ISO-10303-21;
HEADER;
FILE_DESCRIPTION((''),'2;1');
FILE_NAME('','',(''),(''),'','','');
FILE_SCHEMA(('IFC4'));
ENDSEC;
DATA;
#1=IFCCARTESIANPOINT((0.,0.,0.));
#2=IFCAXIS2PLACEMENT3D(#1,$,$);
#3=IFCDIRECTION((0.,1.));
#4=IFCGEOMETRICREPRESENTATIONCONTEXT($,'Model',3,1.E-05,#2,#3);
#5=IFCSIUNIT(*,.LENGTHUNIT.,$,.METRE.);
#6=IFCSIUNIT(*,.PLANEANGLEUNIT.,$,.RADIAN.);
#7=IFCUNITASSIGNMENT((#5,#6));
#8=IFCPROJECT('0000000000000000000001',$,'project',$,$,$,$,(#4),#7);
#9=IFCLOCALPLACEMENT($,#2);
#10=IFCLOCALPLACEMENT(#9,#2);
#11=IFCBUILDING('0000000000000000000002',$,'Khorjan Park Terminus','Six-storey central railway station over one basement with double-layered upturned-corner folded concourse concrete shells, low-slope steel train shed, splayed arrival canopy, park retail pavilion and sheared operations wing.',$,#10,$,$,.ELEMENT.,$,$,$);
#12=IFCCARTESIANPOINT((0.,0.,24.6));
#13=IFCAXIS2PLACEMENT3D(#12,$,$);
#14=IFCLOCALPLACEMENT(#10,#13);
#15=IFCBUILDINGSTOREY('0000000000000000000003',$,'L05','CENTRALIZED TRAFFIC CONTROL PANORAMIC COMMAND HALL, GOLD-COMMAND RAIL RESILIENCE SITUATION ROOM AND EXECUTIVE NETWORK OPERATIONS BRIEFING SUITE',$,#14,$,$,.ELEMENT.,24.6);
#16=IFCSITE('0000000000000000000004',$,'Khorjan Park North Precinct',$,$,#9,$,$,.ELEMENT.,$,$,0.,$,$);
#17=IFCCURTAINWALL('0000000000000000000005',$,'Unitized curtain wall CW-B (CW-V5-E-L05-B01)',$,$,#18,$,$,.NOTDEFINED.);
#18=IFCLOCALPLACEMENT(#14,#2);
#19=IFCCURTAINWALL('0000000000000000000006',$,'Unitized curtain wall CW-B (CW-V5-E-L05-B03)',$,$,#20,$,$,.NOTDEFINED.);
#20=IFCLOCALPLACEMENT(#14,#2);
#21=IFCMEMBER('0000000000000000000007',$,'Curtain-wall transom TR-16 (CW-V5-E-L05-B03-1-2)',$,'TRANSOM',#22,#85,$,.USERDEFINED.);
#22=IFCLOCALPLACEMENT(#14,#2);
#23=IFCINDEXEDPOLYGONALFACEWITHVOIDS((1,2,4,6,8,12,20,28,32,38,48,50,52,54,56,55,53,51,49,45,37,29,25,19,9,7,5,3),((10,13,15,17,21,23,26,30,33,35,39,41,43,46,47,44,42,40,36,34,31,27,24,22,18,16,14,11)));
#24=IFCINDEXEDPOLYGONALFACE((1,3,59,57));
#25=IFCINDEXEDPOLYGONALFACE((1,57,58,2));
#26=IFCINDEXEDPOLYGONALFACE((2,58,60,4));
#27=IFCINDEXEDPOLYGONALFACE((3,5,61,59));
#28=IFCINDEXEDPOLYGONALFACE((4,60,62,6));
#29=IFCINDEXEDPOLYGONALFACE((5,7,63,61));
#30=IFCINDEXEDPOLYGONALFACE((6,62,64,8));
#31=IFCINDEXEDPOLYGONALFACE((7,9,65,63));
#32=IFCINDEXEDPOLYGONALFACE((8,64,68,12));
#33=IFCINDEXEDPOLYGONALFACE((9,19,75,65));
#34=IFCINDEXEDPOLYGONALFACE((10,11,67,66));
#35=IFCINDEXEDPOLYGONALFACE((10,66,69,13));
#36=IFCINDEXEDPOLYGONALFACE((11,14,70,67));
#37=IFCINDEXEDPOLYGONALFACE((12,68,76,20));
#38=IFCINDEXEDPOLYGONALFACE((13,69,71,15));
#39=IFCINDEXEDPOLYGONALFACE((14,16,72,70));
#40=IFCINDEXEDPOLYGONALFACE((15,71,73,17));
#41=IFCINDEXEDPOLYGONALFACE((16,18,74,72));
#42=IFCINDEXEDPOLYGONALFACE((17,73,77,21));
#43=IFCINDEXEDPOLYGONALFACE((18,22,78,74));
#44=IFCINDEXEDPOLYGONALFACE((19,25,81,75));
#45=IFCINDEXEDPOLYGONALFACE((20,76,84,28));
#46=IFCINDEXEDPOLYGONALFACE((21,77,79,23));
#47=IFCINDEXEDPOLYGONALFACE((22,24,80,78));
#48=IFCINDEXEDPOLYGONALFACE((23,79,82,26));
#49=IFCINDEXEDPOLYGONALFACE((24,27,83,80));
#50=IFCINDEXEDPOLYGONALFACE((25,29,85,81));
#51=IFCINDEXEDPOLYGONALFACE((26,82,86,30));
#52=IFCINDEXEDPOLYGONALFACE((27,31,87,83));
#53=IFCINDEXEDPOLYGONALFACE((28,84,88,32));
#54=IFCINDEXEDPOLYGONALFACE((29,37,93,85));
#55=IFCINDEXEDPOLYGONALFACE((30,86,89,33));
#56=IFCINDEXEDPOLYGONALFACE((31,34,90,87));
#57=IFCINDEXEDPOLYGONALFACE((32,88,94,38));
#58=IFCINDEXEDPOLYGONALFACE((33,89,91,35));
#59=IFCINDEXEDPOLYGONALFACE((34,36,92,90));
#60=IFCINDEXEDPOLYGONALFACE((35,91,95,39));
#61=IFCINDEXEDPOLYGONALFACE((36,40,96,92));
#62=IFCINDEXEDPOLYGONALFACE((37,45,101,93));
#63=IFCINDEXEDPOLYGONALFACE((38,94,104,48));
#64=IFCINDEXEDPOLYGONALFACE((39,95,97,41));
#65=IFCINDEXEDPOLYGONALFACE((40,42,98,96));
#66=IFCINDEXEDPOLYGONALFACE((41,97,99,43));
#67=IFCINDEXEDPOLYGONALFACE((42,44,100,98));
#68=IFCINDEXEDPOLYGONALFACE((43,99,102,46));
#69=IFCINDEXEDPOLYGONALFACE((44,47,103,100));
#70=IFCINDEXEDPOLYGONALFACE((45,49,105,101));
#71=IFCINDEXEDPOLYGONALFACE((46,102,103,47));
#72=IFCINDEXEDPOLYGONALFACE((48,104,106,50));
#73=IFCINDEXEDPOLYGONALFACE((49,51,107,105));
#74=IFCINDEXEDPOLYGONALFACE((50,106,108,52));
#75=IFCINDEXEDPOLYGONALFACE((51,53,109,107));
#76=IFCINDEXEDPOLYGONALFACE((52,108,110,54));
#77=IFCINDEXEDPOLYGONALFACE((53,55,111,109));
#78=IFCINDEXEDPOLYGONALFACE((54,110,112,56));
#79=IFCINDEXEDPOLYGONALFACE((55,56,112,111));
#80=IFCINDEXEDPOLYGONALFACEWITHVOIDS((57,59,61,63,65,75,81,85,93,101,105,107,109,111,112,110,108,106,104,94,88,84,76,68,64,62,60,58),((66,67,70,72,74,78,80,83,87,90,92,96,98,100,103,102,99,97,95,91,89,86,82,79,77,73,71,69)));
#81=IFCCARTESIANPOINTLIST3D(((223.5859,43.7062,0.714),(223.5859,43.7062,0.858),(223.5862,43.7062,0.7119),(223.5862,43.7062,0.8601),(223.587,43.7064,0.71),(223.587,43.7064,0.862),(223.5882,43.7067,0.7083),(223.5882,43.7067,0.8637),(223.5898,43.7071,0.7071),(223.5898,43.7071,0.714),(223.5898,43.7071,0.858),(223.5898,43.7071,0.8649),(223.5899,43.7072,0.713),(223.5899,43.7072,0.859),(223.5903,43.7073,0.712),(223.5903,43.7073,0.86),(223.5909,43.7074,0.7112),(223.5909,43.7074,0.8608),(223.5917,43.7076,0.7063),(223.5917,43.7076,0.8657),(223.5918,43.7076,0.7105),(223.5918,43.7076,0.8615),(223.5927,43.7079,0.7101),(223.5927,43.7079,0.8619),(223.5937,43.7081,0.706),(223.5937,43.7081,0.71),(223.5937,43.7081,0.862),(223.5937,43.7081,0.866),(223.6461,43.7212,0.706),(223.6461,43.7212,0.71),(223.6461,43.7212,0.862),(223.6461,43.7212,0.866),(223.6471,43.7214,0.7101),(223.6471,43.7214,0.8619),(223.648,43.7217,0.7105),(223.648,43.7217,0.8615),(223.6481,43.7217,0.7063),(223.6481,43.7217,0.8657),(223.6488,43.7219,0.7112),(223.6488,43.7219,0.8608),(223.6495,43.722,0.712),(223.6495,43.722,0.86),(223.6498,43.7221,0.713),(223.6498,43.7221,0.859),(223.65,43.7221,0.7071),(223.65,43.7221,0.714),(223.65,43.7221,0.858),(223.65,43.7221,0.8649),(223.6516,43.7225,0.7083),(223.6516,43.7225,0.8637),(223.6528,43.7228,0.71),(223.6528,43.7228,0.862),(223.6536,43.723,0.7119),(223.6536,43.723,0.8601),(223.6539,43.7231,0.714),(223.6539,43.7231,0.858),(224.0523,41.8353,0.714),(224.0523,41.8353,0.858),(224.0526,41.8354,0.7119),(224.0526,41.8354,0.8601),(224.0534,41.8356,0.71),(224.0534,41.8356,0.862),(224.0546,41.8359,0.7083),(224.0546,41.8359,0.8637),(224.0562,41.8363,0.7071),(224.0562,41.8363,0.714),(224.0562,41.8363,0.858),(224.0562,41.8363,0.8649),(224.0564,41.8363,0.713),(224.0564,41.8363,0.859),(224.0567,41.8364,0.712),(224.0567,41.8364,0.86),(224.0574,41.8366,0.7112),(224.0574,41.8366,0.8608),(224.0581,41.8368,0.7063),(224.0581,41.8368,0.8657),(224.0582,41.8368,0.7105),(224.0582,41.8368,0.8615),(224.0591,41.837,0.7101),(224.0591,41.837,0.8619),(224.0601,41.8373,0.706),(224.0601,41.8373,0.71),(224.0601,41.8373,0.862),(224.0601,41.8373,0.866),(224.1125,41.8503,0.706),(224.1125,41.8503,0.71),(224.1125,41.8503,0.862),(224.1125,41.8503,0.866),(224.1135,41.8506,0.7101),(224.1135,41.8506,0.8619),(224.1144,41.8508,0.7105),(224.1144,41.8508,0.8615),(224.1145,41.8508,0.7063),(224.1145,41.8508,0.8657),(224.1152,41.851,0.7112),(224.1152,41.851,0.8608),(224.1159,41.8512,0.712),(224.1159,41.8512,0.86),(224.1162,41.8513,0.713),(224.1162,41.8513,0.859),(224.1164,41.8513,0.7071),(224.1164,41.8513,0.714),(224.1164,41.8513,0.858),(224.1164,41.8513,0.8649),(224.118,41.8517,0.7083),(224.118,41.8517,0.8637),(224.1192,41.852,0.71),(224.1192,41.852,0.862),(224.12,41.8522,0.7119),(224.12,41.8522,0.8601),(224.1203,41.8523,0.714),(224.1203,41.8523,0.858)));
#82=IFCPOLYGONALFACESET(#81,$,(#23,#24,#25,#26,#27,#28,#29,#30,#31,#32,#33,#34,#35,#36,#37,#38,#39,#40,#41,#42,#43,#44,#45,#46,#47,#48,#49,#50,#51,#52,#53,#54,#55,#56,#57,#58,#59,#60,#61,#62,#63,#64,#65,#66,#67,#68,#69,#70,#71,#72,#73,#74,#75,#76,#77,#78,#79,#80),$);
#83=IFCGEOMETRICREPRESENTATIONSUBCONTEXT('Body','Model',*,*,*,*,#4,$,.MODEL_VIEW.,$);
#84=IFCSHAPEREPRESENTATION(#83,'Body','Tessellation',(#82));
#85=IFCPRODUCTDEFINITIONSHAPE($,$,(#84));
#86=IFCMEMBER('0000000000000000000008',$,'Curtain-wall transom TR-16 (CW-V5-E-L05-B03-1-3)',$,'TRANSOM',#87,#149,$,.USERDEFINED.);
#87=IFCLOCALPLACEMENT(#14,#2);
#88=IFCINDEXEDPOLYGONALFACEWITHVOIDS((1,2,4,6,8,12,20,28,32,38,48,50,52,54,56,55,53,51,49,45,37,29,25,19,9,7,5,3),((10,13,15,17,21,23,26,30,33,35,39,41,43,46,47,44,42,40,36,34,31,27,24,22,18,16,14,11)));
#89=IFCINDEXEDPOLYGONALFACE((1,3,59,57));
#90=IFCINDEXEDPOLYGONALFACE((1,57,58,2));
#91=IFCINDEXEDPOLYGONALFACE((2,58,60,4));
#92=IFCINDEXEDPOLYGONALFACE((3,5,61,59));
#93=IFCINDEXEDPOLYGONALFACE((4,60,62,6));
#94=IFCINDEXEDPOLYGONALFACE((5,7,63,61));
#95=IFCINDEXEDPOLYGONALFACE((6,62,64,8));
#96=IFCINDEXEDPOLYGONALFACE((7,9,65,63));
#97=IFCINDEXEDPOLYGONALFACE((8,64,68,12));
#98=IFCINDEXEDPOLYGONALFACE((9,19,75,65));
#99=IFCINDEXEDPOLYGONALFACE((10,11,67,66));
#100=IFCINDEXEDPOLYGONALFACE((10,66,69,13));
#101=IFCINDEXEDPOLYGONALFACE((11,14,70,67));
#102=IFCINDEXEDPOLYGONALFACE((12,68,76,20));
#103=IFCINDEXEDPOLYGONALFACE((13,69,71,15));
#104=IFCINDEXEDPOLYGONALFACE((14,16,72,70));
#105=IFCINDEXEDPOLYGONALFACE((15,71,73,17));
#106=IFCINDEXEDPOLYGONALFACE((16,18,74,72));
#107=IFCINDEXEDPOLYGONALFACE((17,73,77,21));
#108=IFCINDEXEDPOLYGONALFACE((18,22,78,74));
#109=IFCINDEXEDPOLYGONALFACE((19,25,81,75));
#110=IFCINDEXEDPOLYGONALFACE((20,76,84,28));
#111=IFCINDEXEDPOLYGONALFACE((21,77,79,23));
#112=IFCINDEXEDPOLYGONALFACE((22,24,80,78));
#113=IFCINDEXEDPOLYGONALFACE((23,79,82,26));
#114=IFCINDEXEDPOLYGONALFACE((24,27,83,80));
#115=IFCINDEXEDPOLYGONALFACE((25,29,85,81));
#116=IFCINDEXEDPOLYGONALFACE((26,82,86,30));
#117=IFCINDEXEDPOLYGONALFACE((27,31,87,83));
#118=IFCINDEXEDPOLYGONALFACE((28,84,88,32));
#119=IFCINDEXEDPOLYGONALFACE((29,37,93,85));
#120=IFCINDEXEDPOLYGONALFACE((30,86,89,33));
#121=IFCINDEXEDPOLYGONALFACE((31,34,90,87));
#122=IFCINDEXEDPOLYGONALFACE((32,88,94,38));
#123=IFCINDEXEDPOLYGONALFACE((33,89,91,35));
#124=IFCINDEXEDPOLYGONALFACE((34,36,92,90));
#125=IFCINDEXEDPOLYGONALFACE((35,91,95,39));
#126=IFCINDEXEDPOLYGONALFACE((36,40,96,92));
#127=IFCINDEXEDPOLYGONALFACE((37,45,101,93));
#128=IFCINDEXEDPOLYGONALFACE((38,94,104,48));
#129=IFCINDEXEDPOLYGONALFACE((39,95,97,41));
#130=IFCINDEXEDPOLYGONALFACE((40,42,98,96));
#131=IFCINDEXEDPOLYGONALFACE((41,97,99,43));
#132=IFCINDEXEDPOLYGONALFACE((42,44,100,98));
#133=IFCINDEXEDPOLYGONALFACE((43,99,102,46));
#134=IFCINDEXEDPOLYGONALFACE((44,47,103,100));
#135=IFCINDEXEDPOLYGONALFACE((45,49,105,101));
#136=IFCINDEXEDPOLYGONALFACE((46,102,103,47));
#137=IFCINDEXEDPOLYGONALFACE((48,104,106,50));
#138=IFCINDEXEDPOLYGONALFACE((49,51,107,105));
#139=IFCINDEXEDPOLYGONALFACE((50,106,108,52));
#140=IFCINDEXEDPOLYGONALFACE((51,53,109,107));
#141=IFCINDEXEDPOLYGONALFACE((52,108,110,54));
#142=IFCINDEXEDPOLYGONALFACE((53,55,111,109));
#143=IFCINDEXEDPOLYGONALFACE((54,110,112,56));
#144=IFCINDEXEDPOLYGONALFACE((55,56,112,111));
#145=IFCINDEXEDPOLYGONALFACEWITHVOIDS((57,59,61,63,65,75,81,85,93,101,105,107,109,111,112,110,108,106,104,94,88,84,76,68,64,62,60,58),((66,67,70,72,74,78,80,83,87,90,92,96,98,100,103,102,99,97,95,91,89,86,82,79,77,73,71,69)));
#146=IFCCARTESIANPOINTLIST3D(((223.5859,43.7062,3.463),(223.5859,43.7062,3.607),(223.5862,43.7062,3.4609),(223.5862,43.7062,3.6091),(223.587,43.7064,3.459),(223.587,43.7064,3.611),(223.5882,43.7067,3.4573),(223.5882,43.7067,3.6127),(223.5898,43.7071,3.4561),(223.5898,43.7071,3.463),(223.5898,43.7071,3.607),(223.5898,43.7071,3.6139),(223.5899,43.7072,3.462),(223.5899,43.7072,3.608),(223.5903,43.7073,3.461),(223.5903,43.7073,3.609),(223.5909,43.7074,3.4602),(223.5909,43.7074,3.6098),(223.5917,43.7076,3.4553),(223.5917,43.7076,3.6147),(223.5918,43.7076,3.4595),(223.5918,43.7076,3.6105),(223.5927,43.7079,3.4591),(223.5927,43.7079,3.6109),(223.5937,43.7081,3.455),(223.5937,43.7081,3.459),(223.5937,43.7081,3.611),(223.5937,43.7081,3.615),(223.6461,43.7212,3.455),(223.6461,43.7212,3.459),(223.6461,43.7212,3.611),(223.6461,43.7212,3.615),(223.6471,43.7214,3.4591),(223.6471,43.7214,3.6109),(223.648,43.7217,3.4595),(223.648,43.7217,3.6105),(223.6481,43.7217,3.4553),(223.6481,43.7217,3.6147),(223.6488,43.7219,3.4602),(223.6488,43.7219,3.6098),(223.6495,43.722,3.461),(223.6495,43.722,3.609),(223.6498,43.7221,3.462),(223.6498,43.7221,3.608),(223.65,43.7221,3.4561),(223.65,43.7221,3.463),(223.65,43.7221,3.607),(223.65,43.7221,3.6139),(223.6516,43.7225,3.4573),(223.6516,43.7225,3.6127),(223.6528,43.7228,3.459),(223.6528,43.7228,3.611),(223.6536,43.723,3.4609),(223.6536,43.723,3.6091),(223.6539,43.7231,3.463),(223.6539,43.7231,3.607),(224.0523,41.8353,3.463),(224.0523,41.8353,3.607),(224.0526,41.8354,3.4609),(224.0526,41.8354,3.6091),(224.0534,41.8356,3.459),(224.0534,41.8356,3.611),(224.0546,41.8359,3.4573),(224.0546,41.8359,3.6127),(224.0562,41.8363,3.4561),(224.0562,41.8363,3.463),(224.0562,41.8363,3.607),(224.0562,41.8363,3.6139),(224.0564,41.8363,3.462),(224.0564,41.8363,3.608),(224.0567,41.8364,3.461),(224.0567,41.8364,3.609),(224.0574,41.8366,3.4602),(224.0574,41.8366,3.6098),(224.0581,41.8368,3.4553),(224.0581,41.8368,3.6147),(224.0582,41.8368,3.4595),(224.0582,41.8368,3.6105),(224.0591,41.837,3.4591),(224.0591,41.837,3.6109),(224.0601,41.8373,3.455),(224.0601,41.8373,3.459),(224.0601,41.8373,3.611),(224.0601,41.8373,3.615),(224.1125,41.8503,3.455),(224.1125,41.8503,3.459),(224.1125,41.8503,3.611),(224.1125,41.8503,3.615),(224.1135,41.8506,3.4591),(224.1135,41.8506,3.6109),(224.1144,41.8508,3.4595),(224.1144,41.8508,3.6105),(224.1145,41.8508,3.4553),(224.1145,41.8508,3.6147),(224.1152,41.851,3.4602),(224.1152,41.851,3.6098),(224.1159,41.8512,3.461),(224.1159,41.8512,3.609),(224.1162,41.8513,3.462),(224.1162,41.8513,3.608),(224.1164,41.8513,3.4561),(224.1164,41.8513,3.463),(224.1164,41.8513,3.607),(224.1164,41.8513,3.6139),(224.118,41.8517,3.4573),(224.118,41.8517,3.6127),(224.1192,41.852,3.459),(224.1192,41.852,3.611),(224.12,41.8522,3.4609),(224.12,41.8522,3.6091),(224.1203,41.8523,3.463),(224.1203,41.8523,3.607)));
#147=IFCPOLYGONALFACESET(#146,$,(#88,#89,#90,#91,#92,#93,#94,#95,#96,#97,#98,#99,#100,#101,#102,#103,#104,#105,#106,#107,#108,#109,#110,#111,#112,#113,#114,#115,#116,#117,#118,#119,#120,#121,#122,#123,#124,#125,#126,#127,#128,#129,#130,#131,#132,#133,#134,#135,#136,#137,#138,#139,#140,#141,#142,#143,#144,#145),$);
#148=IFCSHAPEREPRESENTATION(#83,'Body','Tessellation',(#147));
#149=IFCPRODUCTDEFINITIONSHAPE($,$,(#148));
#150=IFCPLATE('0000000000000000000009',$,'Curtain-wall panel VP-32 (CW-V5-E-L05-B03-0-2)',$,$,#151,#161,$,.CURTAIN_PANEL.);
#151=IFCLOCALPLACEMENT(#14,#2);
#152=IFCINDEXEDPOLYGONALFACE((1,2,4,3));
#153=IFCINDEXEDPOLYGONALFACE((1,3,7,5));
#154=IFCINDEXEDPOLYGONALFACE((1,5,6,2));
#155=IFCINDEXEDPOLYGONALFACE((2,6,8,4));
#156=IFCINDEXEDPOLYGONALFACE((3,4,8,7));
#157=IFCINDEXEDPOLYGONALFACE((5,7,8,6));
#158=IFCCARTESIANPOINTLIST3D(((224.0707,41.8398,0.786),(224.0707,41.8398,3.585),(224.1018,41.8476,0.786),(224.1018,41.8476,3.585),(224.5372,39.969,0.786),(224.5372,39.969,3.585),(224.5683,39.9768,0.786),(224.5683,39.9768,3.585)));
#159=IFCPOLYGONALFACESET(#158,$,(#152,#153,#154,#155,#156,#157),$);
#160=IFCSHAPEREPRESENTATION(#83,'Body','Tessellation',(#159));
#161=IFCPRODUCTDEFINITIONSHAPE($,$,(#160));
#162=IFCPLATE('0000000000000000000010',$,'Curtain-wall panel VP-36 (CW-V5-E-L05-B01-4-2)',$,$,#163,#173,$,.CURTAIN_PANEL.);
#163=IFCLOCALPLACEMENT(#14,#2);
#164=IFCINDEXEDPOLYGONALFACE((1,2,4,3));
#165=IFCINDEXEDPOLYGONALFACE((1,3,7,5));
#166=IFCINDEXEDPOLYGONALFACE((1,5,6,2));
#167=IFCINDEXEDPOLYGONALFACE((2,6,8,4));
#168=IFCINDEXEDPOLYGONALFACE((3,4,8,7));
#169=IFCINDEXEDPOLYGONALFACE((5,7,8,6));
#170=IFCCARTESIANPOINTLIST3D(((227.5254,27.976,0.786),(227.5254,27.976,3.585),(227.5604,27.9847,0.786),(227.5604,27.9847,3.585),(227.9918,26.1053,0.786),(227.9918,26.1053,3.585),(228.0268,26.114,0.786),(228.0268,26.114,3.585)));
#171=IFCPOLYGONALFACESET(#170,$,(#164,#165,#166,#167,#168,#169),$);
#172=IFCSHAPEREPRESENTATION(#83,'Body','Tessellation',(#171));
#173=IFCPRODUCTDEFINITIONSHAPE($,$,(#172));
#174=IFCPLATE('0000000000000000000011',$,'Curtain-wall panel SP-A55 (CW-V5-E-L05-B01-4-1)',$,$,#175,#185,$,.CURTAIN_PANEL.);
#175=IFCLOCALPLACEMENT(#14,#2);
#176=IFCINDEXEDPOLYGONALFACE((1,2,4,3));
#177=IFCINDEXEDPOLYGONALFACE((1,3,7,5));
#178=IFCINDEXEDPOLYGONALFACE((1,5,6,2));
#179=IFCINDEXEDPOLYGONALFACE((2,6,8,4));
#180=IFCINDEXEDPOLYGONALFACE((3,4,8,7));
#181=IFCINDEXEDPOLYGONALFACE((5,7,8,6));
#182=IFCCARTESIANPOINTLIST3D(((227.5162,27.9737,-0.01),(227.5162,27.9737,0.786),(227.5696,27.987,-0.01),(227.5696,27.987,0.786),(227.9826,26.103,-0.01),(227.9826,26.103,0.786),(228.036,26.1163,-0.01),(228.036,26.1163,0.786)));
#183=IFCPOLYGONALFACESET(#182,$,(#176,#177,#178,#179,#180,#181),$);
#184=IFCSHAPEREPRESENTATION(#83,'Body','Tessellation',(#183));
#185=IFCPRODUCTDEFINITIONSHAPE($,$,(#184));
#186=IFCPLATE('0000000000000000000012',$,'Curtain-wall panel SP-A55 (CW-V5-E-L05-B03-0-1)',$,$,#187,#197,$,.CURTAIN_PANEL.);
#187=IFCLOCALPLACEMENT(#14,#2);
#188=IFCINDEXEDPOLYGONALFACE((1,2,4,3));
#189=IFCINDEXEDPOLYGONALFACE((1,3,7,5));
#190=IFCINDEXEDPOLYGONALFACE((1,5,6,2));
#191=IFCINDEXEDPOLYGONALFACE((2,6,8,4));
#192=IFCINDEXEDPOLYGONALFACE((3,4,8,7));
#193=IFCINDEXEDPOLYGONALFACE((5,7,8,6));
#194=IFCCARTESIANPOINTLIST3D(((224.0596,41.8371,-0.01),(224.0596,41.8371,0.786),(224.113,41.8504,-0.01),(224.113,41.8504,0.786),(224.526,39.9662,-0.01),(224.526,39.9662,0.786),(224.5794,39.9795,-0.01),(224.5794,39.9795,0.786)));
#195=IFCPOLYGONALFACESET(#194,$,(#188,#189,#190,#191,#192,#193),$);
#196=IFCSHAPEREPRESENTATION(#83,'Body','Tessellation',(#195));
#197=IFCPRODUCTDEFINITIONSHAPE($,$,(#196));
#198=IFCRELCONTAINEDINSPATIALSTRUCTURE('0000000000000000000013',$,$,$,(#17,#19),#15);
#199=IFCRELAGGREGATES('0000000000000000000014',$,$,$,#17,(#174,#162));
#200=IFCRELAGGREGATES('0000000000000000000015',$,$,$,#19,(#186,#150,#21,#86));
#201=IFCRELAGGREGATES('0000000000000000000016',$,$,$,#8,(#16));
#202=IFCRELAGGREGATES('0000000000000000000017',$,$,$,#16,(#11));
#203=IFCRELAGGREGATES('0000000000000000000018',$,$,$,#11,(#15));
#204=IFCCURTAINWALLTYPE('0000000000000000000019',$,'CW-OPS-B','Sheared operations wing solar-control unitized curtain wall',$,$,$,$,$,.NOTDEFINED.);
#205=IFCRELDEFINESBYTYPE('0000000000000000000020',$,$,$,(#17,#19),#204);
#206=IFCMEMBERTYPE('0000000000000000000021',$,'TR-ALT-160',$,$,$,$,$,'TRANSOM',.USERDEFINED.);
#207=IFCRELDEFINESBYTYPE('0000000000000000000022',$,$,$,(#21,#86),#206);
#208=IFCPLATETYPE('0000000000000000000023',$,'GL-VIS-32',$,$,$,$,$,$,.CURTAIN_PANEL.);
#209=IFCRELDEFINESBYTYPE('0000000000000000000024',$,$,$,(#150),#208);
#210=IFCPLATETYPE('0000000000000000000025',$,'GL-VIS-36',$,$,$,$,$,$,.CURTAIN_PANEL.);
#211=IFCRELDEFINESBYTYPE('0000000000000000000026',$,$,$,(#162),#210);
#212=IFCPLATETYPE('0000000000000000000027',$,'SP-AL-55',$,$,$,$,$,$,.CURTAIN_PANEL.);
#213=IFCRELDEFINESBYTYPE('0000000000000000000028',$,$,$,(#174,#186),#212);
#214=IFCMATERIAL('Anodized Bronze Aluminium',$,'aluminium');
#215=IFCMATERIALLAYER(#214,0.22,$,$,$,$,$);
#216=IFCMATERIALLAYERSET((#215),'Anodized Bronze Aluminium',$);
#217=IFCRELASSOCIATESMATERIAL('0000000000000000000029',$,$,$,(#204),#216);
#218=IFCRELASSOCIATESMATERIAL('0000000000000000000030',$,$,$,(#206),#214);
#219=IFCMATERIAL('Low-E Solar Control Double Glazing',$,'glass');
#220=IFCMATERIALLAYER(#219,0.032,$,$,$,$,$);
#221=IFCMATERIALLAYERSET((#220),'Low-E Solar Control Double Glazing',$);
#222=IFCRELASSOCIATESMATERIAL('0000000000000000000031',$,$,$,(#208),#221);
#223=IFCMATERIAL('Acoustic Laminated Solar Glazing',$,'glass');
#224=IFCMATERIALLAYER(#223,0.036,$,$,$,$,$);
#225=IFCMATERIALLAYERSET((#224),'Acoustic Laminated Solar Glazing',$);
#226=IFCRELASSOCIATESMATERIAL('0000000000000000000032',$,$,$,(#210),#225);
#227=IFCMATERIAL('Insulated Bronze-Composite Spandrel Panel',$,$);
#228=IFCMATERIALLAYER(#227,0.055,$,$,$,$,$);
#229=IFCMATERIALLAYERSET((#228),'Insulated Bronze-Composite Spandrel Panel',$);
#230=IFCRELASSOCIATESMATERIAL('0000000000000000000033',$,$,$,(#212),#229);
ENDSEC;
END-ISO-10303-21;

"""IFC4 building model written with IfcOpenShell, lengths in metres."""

from ifc_helpers import new_model, si_unit, direction, frame, origin, origin_2d, place, context, subcontext, project, spatial, rectangle, hollow_rectangle, extrude, material, layer, layer_set, material_profile, profile_set, type_object, element, aggregate, save


model = new_model("IFC4")

# Units and contexts
model_context = context("Model", 3, precision=1e-05, world=origin(), true_north=direction((0.0, 1.0)))
body_context = subcontext(model_context, "Body", "Model", "MODEL_VIEW")
ifc_project = project(units=[si_unit("LENGTHUNIT", "METRE"), si_unit("PLANEANGLEUNIT", "RADIAN")], contexts=[model_context])

# Site, building, storey
site_placement = place(None, origin())
site = spatial("IfcSite", under=ifc_project, at=site_placement, Name="Khorjan Park North Precinct", CompositionType="ELEMENT", RefElevation=0.0)
building_placement = place(site_placement, origin())
building = spatial("IfcBuilding", under=site, at=building_placement, Name="Khorjan Park Terminus", Description="Six-storey central railway station over one basement with double-layered upturned-corner folded concourse concrete shells, low-slope steel train shed, splayed arrival canopy, park retail pavilion and sheared operations wing.", CompositionType="ELEMENT")
storey_placement = place(building_placement, frame((0.0, 0.0, 24.6)))
storey = spatial("IfcBuildingStorey", under=building, at=storey_placement, Name="L05", Description="CENTRALIZED TRAFFIC CONTROL PANORAMIC COMMAND HALL, GOLD-COMMAND RAIL RESILIENCE SITUATION ROOM AND EXECUTIVE NETWORK OPERATIONS BRIEFING SUITE", CompositionType="ELEMENT", Elevation=24.6)

# Curtain walls
ifc_material_1 = material(Name="Anodized Bronze Aluminium", Category="aluminium")
ifc_layer_1 = layer(ifc_material_1, 0.22)
ifc_layer_set_1 = layer_set([ifc_layer_1], Name="Anodized Bronze Aluminium")
curtain_wall_type = type_object("IfcCurtainWallType", Name="CW-OPS-B", Description="Sheared operations wing solar-control unitized curtain wall", PredefinedType="NOTDEFINED", material=ifc_layer_set_1)
curtain_wall_1_placement = place(storey_placement, origin())
curtain_wall_1 = element("IfcCurtainWall", 1, at=curtain_wall_1_placement, inside=storey, type_object=curtain_wall_type, Name="Unitized curtain wall CW-B (CW-V5-E-L05-B01)", PredefinedType="NOTDEFINED")
curtain_wall_2_placement = place(storey_placement, origin())
curtain_wall_2 = element("IfcCurtainWall", 2, at=curtain_wall_2_placement, inside=storey, type_object=curtain_wall_type, Name="Unitized curtain wall CW-B (CW-V5-E-L05-B03)", PredefinedType="NOTDEFINED")

# Members
ifc_material_profile_1 = material_profile(ifc_material_1, hollow_rectangle(XDim=0.07, YDim=0.16, WallThickness=0.004, InnerFilletRadius=0.004, OuterFilletRadius=0.008, at=origin_2d()), Name="ALT 70x160x4")
ifc_profile_set_1 = profile_set([ifc_material_profile_1], Name="Anodized Bronze Aluminium")
member_type_1 = type_object("IfcMemberType", Name="TR-ALT-160", ElementType="TRANSOM", PredefinedType="USERDEFINED", material=ifc_profile_set_1)
member_1_placement = place(storey_placement, frame((224.0863, 41.8438, 0.786), z_axis=(-0.241901, 0.970301, 0.0), x_axis=(-0.970301, -0.241901, 0.0)))
member_1 = element("IfcMember", 3, at=member_1_placement, type_object=member_type_1, Name="Curtain-wall transom TR-16 (CW-V5-E-L05-B03-1-2)", ObjectType="TRANSOM", PredefinedType="USERDEFINED", context=body_context, shape_type="SweptSolid", body=[
    extrude(hollow_rectangle(XDim=0.07, YDim=0.16, WallThickness=0.004, InnerFilletRadius=0.004, OuterFilletRadius=0.008, at=origin_2d()), origin(), (0.0, 0.0, 1.0), 1.9281),
])
member_2_placement = place(storey_placement, frame((224.0863, 41.8438, 3.535), z_axis=(-0.241901, 0.970301, 0.0), x_axis=(-0.970301, -0.241901, 0.0)))
member_2 = element("IfcMember", 4, at=member_2_placement, type_object=member_type_1, Name="Curtain-wall transom TR-16 (CW-V5-E-L05-B03-1-3)", ObjectType="TRANSOM", PredefinedType="USERDEFINED", context=body_context, shape_type="SweptSolid", body=[
    extrude(hollow_rectangle(XDim=0.07, YDim=0.16, WallThickness=0.004, InnerFilletRadius=0.004, OuterFilletRadius=0.008, at=origin_2d()), origin(), (0.0, 0.0, 1.0), 1.9281),
])

# Plates
ifc_material_2 = material(Name="Low-E Solar Control Double Glazing", Category="glass")
ifc_layer_2 = layer(ifc_material_2, 0.032)
ifc_layer_set_2 = layer_set([ifc_layer_2], Name="Low-E Solar Control Double Glazing")
plate_type_1 = type_object("IfcPlateType", Name="GL-VIS-32", PredefinedType="CURTAIN_PANEL", material=ifc_layer_set_2)
plate_1_placement = place(storey_placement, frame((224.3195, 40.9083, 0.786), z_axis=(0.0, 0.0, 1.0), x_axis=(-0.241923, 0.970295, 0.0)))
plate_1 = element("IfcPlate", 5, at=plate_1_placement, type_object=plate_type_1, Name="Curtain-wall panel VP-32 (CW-V5-E-L05-B03-0-2)", PredefinedType="CURTAIN_PANEL", context=body_context, shape_type="SweptSolid", body=[
    extrude(rectangle(XDim=1.9281, YDim=0.032, at=origin_2d()), origin(), (0.0, 0.0, 1.0), 2.799),
])
ifc_material_3 = material(Name="Acoustic Laminated Solar Glazing", Category="glass")
ifc_layer_3 = layer(ifc_material_3, 0.036)
ifc_layer_set_3 = layer_set([ifc_layer_3], Name="Acoustic Laminated Solar Glazing")
plate_type_2 = type_object("IfcPlateType", Name="GL-VIS-36", PredefinedType="CURTAIN_PANEL", material=ifc_layer_set_3)
plate_2_placement = place(storey_placement, frame((227.7761, 27.045, 0.786), z_axis=(0.0, 0.0, 1.0), x_axis=(-0.24192, 0.970296, 0.0)))
plate_2 = element("IfcPlate", 6, at=plate_2_placement, type_object=plate_type_2, Name="Curtain-wall panel VP-36 (CW-V5-E-L05-B01-4-2)", PredefinedType="CURTAIN_PANEL", context=body_context, shape_type="SweptSolid", body=[
    extrude(rectangle(XDim=1.928, YDim=0.036, at=origin_2d()), origin(), (0.0, 0.0, 1.0), 2.799),
])
ifc_material_4 = material(Name="Insulated Bronze-Composite Spandrel Panel")
ifc_layer_4 = layer(ifc_material_4, 0.055)
ifc_layer_set_4 = layer_set([ifc_layer_4], Name="Insulated Bronze-Composite Spandrel Panel")
plate_type_3 = type_object("IfcPlateType", Name="SP-AL-55", PredefinedType="CURTAIN_PANEL", material=ifc_layer_set_4)
plate_3_placement = place(storey_placement, frame((227.7761, 27.045, -0.01), z_axis=(0.0, 0.0, 1.0), x_axis=(-0.24192, 0.970296, 0.0)))
plate_3 = element("IfcPlate", 7, at=plate_3_placement, type_object=plate_type_3, Name="Curtain-wall panel SP-A55 (CW-V5-E-L05-B01-4-1)", PredefinedType="CURTAIN_PANEL", context=body_context, shape_type="SweptSolid", body=[
    extrude(rectangle(XDim=1.928, YDim=0.055, at=origin_2d()), origin(), (0.0, 0.0, 1.0), 0.796),
])
aggregate(curtain_wall_1, [plate_3, plate_2])
plate_4_placement = place(storey_placement, frame((224.3195, 40.9083, -0.01), z_axis=(0.0, 0.0, 1.0), x_axis=(-0.241923, 0.970295, 0.0)))
plate_4 = element("IfcPlate", 8, at=plate_4_placement, type_object=plate_type_3, Name="Curtain-wall panel SP-A55 (CW-V5-E-L05-B03-0-1)", PredefinedType="CURTAIN_PANEL", context=body_context, shape_type="SweptSolid", body=[
    extrude(rectangle(XDim=1.9281, YDim=0.055, at=origin_2d()), origin(), (0.0, 0.0, 1.0), 0.796),
])
aggregate(curtain_wall_2, [plate_4, plate_1, member_1, member_2])

save(model, "model.ifc")
